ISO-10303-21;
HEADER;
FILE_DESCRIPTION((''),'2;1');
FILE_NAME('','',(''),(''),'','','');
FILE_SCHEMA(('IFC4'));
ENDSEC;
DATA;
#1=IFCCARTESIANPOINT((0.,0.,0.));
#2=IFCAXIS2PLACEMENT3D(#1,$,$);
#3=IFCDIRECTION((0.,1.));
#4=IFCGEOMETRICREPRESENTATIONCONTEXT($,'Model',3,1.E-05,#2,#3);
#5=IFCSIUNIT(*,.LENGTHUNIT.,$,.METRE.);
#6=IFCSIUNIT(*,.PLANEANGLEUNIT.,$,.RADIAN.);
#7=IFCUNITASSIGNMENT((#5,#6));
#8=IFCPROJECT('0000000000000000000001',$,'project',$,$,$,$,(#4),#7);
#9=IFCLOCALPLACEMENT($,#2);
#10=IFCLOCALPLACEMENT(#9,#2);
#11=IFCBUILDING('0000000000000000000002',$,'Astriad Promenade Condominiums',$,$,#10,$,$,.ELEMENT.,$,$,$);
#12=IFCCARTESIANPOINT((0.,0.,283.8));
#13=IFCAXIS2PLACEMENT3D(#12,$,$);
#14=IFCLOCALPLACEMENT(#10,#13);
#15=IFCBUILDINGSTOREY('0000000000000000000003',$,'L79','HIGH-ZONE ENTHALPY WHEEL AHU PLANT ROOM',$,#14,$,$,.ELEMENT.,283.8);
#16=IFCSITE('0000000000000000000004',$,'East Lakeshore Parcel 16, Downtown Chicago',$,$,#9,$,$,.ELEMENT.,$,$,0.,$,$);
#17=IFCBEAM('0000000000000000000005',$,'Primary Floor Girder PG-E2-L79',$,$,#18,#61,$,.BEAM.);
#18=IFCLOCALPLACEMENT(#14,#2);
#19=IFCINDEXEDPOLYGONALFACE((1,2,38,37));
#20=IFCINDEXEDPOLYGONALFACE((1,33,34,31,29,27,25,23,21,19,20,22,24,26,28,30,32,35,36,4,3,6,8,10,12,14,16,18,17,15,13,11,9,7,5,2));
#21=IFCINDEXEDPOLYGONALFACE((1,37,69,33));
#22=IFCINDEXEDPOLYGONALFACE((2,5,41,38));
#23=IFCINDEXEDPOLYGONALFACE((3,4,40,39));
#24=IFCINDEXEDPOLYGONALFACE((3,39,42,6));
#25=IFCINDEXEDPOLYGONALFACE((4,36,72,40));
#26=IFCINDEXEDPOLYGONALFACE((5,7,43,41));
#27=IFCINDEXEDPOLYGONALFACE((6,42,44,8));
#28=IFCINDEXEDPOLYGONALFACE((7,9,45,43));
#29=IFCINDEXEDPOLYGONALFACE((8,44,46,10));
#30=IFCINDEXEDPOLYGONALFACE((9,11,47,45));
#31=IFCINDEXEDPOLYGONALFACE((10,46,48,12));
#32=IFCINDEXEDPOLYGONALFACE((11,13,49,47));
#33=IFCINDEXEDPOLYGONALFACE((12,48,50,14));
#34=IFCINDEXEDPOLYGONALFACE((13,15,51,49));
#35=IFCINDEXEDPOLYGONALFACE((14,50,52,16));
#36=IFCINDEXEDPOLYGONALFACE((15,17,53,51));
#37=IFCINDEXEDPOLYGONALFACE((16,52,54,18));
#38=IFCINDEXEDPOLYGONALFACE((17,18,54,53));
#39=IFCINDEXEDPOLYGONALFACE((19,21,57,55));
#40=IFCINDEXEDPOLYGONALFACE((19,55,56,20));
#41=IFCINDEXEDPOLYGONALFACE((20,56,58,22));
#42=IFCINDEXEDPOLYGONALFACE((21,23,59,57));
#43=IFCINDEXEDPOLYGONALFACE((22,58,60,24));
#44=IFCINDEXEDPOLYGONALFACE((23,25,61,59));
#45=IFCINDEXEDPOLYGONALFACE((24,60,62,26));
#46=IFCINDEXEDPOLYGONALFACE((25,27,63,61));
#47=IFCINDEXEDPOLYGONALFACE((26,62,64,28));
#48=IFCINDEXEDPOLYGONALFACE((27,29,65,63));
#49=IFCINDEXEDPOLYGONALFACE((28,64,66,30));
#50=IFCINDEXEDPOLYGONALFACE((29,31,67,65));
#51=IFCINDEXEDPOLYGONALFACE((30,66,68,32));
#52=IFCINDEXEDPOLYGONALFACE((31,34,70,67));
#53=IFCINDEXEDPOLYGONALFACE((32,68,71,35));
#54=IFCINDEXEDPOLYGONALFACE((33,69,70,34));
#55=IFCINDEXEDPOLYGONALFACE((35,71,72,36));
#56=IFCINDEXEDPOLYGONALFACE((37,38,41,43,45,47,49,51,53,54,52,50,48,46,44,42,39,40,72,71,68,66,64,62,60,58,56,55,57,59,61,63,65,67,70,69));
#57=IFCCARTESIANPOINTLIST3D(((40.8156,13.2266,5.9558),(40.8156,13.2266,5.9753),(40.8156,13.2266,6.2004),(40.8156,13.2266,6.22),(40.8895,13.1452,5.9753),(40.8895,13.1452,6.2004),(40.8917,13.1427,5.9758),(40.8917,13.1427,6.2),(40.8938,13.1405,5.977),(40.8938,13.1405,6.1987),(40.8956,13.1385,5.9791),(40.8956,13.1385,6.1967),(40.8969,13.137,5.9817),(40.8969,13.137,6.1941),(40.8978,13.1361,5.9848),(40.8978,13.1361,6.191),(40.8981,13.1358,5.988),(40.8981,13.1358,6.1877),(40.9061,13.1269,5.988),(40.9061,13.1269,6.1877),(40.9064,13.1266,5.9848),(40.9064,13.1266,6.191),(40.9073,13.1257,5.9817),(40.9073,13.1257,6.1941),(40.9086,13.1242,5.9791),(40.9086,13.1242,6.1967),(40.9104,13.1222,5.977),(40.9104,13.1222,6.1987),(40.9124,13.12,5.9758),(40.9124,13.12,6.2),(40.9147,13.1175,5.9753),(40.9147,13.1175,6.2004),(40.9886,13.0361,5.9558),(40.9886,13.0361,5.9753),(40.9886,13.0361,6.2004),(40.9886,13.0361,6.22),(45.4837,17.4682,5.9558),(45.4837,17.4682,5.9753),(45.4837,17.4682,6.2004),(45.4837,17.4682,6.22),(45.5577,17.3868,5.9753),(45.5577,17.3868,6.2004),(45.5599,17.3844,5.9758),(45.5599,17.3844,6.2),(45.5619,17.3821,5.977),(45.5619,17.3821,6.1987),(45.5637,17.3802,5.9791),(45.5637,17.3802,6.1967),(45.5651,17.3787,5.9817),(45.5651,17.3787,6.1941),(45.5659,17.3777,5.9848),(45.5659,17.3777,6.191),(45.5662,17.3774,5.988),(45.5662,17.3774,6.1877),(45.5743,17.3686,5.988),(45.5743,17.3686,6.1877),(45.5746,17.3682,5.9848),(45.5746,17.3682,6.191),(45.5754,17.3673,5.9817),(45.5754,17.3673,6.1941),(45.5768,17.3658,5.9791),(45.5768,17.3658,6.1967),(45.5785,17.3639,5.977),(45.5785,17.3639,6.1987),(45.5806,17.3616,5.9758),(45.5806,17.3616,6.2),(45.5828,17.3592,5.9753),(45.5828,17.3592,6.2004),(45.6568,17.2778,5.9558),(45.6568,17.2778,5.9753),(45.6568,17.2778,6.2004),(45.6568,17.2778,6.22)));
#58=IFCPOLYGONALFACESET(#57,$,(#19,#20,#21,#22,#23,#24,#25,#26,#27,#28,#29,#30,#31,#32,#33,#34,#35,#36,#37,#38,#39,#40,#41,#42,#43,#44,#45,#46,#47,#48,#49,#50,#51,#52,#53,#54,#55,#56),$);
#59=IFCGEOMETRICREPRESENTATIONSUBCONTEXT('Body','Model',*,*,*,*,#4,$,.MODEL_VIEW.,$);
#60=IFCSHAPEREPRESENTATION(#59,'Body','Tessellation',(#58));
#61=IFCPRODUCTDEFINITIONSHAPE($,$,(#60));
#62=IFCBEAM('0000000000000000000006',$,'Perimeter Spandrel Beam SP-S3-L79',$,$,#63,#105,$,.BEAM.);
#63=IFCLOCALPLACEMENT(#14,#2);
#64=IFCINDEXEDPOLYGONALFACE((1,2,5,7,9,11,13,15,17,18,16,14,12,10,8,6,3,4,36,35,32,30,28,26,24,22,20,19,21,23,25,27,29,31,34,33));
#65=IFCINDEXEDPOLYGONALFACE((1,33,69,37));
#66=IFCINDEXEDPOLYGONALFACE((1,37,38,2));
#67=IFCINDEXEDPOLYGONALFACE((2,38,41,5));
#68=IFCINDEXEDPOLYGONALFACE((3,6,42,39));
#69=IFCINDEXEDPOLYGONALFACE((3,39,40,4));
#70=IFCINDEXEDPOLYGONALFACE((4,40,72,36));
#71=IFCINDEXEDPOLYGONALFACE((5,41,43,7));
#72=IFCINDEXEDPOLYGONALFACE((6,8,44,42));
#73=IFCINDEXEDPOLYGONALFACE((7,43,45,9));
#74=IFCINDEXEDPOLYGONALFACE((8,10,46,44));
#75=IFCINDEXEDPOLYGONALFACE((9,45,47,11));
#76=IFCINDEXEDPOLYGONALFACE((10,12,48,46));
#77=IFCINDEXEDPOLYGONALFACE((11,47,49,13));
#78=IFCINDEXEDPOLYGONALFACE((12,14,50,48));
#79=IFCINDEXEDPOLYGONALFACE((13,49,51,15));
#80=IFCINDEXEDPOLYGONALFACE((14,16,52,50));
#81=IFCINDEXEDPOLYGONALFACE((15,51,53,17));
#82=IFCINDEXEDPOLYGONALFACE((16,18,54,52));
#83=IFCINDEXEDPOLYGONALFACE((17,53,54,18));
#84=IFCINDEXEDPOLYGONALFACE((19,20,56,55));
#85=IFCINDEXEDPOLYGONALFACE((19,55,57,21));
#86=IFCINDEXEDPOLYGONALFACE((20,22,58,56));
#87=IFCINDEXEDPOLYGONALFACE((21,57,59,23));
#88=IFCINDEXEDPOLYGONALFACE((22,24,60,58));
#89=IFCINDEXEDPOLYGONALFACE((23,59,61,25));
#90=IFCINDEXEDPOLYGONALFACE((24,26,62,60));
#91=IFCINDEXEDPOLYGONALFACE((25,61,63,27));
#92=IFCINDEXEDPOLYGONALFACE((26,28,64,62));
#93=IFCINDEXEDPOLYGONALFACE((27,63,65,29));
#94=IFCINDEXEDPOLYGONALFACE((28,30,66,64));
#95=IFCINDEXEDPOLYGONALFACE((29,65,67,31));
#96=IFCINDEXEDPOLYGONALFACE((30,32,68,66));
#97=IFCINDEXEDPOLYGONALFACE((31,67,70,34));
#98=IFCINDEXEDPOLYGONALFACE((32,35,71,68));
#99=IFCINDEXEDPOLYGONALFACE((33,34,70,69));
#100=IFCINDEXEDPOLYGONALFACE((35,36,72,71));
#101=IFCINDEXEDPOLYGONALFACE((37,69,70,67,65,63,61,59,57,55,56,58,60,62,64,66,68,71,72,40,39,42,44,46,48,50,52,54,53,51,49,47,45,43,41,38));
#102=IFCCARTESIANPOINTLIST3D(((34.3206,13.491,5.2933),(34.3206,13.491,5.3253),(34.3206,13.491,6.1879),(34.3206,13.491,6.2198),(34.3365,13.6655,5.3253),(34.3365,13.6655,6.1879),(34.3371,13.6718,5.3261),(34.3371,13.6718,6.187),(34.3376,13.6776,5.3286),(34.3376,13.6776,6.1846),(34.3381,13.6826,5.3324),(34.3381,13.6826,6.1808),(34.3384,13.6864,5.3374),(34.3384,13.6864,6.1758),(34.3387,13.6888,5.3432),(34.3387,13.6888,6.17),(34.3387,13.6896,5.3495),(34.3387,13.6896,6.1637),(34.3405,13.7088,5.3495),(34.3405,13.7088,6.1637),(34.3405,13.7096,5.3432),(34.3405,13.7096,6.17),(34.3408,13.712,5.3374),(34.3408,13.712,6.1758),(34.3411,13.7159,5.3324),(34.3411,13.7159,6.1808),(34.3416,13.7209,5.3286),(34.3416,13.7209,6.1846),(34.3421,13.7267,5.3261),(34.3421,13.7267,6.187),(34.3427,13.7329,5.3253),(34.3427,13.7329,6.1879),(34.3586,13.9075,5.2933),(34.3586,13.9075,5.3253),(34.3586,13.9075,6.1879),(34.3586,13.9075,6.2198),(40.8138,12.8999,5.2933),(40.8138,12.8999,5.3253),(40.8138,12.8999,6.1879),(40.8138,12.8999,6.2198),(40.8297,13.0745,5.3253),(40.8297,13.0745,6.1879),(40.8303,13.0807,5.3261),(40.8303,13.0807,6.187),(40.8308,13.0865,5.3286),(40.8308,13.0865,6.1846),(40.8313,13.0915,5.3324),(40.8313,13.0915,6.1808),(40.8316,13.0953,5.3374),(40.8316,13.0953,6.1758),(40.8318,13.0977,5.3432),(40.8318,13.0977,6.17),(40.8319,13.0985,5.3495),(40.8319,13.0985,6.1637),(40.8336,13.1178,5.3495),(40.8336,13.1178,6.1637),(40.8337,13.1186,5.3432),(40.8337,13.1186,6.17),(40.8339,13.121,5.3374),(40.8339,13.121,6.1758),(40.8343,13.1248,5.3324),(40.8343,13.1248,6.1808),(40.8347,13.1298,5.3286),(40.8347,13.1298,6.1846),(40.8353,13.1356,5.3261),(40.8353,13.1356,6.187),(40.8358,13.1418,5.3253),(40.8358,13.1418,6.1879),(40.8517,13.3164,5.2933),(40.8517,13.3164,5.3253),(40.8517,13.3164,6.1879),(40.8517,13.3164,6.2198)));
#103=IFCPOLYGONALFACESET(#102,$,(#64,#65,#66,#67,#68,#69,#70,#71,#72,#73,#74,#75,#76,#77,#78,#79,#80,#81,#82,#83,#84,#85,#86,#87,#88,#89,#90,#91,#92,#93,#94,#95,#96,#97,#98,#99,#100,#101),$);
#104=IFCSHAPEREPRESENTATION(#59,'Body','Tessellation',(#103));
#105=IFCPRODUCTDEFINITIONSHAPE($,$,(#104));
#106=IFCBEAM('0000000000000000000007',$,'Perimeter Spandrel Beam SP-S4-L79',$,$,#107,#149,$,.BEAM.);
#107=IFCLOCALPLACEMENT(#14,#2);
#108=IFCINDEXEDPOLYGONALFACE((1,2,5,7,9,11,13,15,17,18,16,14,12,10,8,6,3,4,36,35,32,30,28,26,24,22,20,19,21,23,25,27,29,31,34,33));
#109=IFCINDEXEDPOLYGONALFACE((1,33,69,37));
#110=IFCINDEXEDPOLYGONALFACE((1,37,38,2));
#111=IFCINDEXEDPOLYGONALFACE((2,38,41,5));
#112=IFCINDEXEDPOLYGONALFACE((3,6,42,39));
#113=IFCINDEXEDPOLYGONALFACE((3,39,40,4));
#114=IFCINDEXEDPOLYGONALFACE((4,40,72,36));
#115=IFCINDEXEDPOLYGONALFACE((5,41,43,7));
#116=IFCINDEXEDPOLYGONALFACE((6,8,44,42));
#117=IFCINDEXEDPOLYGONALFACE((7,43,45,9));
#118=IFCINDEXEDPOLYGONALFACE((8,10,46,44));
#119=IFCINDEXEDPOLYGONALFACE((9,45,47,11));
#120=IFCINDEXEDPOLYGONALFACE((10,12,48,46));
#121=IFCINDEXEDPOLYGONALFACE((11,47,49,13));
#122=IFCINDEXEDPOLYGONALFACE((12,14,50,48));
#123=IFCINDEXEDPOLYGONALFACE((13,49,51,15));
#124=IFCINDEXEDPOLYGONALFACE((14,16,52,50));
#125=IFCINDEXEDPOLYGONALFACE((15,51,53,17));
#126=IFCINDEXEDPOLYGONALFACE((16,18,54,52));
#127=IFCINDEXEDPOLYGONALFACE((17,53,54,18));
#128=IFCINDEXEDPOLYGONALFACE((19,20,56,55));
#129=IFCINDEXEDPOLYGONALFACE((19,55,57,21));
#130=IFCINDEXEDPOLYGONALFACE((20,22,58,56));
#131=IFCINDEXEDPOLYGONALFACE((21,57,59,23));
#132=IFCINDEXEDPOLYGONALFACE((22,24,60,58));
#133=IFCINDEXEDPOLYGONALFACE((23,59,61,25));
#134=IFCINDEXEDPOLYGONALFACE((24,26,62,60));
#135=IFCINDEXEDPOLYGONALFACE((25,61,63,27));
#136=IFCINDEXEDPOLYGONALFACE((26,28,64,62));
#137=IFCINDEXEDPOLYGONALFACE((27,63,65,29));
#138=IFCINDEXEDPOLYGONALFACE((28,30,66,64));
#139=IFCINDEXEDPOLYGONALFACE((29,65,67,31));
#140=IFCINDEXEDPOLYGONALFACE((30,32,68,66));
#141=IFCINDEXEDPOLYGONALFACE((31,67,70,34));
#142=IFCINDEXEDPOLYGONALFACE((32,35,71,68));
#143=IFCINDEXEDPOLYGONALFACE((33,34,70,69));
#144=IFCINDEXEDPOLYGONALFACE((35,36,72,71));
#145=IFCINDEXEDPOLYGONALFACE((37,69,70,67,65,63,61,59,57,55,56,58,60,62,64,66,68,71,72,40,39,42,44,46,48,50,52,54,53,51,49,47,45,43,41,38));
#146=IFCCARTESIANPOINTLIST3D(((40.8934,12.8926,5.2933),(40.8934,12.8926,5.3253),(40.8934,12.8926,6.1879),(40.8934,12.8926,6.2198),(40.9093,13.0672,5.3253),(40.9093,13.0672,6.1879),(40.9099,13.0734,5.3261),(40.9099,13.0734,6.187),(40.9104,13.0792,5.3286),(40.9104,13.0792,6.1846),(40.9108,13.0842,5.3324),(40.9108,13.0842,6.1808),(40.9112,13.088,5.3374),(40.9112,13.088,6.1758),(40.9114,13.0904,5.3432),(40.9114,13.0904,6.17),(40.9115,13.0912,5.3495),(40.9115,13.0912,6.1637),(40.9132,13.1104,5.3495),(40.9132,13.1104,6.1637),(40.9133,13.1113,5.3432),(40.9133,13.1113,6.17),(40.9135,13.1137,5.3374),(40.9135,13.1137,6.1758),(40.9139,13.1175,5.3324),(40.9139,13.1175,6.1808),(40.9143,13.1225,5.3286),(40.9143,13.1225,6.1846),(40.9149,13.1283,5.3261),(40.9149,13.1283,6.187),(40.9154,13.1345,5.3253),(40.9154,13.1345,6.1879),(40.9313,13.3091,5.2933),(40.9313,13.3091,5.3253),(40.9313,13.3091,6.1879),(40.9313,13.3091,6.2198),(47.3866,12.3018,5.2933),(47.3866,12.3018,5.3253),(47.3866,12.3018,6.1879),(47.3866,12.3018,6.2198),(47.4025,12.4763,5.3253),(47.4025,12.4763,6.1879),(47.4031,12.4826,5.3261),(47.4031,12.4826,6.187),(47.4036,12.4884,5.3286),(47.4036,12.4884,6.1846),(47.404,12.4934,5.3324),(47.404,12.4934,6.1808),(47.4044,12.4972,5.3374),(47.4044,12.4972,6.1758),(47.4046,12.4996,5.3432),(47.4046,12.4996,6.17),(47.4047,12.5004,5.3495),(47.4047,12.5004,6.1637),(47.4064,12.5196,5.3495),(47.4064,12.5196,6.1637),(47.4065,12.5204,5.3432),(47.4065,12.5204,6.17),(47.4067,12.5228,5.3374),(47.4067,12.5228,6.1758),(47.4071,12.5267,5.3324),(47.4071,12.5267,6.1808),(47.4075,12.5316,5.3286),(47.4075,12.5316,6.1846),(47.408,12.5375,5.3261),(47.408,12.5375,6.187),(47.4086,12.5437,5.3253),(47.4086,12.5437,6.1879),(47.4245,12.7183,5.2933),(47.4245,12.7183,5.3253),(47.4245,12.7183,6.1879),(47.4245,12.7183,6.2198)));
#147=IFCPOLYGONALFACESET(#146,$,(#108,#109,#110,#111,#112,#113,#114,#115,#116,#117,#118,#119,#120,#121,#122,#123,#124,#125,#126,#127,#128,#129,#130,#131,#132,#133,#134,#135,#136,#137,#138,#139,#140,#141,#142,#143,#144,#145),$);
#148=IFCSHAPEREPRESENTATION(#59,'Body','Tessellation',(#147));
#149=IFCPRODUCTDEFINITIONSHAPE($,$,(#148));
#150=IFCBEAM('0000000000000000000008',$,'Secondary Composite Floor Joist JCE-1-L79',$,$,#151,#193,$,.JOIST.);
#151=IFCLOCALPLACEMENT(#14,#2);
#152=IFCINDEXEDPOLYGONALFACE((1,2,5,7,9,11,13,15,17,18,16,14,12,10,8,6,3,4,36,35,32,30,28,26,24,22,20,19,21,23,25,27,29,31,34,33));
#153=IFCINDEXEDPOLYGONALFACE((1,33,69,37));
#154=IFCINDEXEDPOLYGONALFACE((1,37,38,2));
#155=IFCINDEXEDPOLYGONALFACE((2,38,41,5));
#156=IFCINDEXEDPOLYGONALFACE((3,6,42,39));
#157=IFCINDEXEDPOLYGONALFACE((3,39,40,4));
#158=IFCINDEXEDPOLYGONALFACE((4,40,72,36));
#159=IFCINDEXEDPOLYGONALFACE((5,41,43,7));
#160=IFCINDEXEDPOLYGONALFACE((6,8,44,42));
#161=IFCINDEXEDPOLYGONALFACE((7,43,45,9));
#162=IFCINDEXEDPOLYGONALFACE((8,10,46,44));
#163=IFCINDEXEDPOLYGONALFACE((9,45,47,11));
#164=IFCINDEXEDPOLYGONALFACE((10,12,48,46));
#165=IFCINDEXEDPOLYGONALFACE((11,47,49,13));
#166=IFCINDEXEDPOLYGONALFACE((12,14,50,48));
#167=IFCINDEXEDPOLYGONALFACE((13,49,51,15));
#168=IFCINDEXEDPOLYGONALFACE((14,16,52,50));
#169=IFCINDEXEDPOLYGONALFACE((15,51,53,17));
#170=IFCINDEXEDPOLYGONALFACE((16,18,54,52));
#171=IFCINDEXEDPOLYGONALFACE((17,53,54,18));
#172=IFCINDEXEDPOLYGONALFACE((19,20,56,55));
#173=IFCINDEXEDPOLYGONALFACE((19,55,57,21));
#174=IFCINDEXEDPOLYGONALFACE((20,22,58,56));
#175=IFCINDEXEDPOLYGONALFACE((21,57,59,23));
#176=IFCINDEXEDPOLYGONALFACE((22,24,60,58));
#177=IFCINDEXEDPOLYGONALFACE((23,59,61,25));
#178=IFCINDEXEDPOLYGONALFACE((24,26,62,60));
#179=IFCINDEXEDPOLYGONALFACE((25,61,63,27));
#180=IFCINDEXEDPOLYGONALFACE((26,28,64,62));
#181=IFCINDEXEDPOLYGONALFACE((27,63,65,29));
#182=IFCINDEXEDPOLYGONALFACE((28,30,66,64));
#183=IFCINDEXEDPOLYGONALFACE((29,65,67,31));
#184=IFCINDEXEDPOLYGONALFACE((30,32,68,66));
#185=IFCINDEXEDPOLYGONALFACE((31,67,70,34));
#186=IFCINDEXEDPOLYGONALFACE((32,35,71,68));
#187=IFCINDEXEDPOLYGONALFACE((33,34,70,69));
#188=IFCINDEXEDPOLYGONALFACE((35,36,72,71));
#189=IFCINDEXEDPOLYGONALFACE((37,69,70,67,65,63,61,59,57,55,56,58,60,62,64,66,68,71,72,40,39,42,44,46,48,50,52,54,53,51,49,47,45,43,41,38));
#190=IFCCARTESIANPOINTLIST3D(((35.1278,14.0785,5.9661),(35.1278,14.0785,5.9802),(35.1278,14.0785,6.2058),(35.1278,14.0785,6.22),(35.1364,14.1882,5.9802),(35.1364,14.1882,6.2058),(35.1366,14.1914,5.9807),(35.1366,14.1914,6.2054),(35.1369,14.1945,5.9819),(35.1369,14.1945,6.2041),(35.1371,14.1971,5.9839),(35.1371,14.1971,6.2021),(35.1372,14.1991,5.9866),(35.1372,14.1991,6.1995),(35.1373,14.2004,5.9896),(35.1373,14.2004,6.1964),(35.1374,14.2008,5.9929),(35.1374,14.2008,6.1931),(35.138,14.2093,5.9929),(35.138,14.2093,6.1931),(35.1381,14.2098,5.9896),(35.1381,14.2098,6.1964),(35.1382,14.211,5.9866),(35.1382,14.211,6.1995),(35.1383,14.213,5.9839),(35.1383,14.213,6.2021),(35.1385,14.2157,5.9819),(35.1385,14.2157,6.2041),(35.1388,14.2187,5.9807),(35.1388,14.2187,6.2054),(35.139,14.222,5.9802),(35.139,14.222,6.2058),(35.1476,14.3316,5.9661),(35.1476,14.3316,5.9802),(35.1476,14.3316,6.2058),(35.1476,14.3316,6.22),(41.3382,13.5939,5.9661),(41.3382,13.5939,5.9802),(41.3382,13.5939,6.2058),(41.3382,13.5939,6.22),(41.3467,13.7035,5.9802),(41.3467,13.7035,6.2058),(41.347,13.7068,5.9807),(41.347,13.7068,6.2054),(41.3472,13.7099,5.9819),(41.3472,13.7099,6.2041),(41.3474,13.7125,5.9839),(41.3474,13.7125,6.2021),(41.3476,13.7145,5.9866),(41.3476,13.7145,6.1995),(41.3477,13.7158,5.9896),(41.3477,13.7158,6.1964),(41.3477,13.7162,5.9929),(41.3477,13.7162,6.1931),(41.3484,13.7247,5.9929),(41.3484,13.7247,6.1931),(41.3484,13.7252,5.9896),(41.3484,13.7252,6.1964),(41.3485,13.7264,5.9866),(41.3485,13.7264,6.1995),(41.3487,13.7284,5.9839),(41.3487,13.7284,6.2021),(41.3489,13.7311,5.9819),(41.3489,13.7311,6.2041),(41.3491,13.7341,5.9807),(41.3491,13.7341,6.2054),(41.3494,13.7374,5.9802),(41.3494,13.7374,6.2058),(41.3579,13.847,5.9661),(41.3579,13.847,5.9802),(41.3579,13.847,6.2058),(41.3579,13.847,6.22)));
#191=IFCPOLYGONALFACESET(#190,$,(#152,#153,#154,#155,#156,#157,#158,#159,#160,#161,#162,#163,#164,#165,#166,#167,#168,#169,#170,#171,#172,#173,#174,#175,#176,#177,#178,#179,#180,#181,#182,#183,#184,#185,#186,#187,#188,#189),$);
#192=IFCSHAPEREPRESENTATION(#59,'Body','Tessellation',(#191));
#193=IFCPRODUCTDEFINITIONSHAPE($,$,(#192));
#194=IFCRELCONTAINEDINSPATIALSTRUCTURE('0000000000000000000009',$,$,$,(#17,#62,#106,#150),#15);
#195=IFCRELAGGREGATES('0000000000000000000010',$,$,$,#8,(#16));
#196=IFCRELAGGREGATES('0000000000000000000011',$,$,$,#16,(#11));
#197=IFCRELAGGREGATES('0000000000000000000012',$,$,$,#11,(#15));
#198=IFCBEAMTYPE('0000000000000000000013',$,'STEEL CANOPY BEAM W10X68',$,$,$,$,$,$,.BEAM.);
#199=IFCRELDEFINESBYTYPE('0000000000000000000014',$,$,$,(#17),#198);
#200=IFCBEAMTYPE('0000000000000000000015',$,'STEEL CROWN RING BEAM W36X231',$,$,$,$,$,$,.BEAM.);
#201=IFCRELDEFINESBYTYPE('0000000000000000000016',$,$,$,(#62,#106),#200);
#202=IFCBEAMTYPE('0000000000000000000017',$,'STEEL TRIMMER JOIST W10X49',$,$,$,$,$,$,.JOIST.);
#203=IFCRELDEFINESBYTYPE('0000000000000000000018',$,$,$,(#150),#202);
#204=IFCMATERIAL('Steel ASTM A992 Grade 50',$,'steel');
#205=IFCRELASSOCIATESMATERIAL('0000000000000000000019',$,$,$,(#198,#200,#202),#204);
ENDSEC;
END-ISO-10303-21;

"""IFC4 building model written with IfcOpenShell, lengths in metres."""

from ifc_helpers import new_model, si_unit, direction, frame, origin, origin_2d, place, context, subcontext, project, spatial, i_section, extrude, source, transform, mapped, material, material_profile, profile_set, type_object, type_shapes, element, save


model = new_model("IFC4")

# Units and contexts
model_context = context("Model", 3, precision=1e-05, world=origin(), true_north=direction((0.0, 1.0)))
body_context = subcontext(model_context, "Body", "Model", "MODEL_VIEW")
ifc_project = project(units=[si_unit("LENGTHUNIT", "METRE"), si_unit("PLANEANGLEUNIT", "RADIAN")], contexts=[model_context])

# Site, building, storey
site_placement = place(None, origin())
site = spatial("IfcSite", under=ifc_project, at=site_placement, Name="East Lakeshore Parcel 16, Downtown Chicago", CompositionType="ELEMENT", RefElevation=0.0)
building_placement = place(site_placement, origin())
building = spatial("IfcBuilding", under=site, at=building_placement, Name="Astriad Promenade Condominiums", CompositionType="ELEMENT")
storey_placement = place(building_placement, frame((0.0, 0.0, 283.8)))
storey = spatial("IfcBuildingStorey", under=building, at=storey_placement, Name="L79", Description="HIGH-ZONE ENTHALPY WHEEL AHU PLANT ROOM", CompositionType="ELEMENT", Elevation=283.8)

# Shared definitions
ifc_material_1 = material(Name="Steel ASTM A992 Grade 50", Category="steel")

# Beams
ifc_material_profile_1 = material_profile(ifc_material_1, i_section(OverallWidth=0.2573, OverallDepth=0.2642, WebThickness=0.012, FlangeThickness=0.0195, FilletRadius=0.0127, at=origin_2d()), Name="W10X68")
ifc_profile_set_1 = profile_set([ifc_material_profile_1], Name="Steel ASTM A992 Grade 50")
beam_type_1 = type_object("IfcBeamType", Name="STEEL CANOPY BEAM W10X68", PredefinedType="BEAM", material=ifc_profile_set_1)
shared_shape_1 = source(origin(), body_context, "Body", "SweptSolid", [
    extrude(i_section(OverallWidth=0.2573, OverallDepth=0.2642, WebThickness=0.012, FlangeThickness=0.0195, FilletRadius=0.0127, at=origin_2d()), origin(), (0.0, 0.0, 1.0), 6.3074),
])
beam_1_placement = place(storey_placement, frame((40.9021, 13.1313, 6.0879), z_axis=(0.740108, 0.672488, 0.0), x_axis=(-0.672488, 0.740108, 0.0)))
element("IfcBeam", 1, at=beam_1_placement, inside=storey, type_object=beam_type_1, Name="Primary Floor Girder PG-E2-L79", PredefinedType="BEAM", context=body_context, shape_type="MappedRepresentation", body=[
    mapped(shared_shape_1, transform((0.0, 0.0, 0.0), scale=1.0)),
])
ifc_material_profile_2 = material_profile(ifc_material_1, i_section(OverallWidth=0.4182, OverallDepth=0.9265, WebThickness=0.0193, FlangeThickness=0.032, FilletRadius=0.0242, at=origin_2d()), Name="W36X231")
ifc_profile_set_2 = profile_set([ifc_material_profile_2], Name="Steel ASTM A992 Grade 50")
beam_type_2 = type_object("IfcBeamType", Name="STEEL CROWN RING BEAM W36X231", PredefinedType="BEAM", material=ifc_profile_set_2)
shared_shape_2 = source(origin(), body_context, "Body", "SweptSolid", [
    extrude(i_section(OverallWidth=0.4182, OverallDepth=0.9265, WebThickness=0.0193, FlangeThickness=0.032, FilletRadius=0.0242, at=origin_2d()), origin(), (0.0, 0.0, 1.0), 6.52),
])
type_shapes(beam_type_2, [shared_shape_2])
for number, where, z_axis, x_axis, name in (
    (2, (34.3396, 13.6992, 5.7566), (0.995882, -0.090654, 0.0), (0.090654, 0.995882, 0.0), "Perimeter Spandrel Beam SP-S3-L79"),
    (3, (40.9124, 13.1008, 5.7566), (0.995886, -0.090617, 0.0), (0.090617, 0.995886, 0.0), "Perimeter Spandrel Beam SP-S4-L79"),
):
    element("IfcBeam", number, at=place(storey_placement, frame(where, z_axis=z_axis, x_axis=x_axis)), inside=storey, type_object=beam_type_2, Name=name, PredefinedType="BEAM", context=body_context, shape_type="MappedRepresentation", body=[
        mapped(shared_shape_2, transform((0.0, 0.0, 0.0), scale=1.0)),
    ])
ifc_material_profile_3 = material_profile(ifc_material_1, i_section(OverallWidth=0.2539, OverallDepth=0.2539, WebThickness=0.0085, FlangeThickness=0.0142, FilletRadius=0.0127, at=origin_2d()), Name="W10X49")
ifc_profile_set_3 = profile_set([ifc_material_profile_3], Name="Steel ASTM A992 Grade 50")
beam_type_3 = type_object("IfcBeamType", Name="STEEL TRIMMER JOIST W10X49", PredefinedType="JOIST", material=ifc_profile_set_3)
shared_shape_3 = source(origin(), body_context, "Body", "SweptSolid", [
    extrude(i_section(OverallWidth=0.2539, OverallDepth=0.2539, WebThickness=0.0085, FlangeThickness=0.0142, FilletRadius=0.0127, at=origin_2d()), origin(), (0.0, 0.0, 1.0), 6.2292),
])
beam_2_placement = place(storey_placement, frame((35.1377, 14.2051, 6.093), z_axis=(0.996969, -0.077796, 0.0), x_axis=(0.077796, 0.996969, 0.0)))
element("IfcBeam", 4, at=beam_2_placement, inside=storey, type_object=beam_type_3, Name="Secondary Composite Floor Joist JCE-1-L79", PredefinedType="JOIST", context=body_context, shape_type="MappedRepresentation", body=[
    mapped(shared_shape_3, transform((0.0, 0.0, 0.0), scale=1.0)),
])

save(model, "model.ifc")
